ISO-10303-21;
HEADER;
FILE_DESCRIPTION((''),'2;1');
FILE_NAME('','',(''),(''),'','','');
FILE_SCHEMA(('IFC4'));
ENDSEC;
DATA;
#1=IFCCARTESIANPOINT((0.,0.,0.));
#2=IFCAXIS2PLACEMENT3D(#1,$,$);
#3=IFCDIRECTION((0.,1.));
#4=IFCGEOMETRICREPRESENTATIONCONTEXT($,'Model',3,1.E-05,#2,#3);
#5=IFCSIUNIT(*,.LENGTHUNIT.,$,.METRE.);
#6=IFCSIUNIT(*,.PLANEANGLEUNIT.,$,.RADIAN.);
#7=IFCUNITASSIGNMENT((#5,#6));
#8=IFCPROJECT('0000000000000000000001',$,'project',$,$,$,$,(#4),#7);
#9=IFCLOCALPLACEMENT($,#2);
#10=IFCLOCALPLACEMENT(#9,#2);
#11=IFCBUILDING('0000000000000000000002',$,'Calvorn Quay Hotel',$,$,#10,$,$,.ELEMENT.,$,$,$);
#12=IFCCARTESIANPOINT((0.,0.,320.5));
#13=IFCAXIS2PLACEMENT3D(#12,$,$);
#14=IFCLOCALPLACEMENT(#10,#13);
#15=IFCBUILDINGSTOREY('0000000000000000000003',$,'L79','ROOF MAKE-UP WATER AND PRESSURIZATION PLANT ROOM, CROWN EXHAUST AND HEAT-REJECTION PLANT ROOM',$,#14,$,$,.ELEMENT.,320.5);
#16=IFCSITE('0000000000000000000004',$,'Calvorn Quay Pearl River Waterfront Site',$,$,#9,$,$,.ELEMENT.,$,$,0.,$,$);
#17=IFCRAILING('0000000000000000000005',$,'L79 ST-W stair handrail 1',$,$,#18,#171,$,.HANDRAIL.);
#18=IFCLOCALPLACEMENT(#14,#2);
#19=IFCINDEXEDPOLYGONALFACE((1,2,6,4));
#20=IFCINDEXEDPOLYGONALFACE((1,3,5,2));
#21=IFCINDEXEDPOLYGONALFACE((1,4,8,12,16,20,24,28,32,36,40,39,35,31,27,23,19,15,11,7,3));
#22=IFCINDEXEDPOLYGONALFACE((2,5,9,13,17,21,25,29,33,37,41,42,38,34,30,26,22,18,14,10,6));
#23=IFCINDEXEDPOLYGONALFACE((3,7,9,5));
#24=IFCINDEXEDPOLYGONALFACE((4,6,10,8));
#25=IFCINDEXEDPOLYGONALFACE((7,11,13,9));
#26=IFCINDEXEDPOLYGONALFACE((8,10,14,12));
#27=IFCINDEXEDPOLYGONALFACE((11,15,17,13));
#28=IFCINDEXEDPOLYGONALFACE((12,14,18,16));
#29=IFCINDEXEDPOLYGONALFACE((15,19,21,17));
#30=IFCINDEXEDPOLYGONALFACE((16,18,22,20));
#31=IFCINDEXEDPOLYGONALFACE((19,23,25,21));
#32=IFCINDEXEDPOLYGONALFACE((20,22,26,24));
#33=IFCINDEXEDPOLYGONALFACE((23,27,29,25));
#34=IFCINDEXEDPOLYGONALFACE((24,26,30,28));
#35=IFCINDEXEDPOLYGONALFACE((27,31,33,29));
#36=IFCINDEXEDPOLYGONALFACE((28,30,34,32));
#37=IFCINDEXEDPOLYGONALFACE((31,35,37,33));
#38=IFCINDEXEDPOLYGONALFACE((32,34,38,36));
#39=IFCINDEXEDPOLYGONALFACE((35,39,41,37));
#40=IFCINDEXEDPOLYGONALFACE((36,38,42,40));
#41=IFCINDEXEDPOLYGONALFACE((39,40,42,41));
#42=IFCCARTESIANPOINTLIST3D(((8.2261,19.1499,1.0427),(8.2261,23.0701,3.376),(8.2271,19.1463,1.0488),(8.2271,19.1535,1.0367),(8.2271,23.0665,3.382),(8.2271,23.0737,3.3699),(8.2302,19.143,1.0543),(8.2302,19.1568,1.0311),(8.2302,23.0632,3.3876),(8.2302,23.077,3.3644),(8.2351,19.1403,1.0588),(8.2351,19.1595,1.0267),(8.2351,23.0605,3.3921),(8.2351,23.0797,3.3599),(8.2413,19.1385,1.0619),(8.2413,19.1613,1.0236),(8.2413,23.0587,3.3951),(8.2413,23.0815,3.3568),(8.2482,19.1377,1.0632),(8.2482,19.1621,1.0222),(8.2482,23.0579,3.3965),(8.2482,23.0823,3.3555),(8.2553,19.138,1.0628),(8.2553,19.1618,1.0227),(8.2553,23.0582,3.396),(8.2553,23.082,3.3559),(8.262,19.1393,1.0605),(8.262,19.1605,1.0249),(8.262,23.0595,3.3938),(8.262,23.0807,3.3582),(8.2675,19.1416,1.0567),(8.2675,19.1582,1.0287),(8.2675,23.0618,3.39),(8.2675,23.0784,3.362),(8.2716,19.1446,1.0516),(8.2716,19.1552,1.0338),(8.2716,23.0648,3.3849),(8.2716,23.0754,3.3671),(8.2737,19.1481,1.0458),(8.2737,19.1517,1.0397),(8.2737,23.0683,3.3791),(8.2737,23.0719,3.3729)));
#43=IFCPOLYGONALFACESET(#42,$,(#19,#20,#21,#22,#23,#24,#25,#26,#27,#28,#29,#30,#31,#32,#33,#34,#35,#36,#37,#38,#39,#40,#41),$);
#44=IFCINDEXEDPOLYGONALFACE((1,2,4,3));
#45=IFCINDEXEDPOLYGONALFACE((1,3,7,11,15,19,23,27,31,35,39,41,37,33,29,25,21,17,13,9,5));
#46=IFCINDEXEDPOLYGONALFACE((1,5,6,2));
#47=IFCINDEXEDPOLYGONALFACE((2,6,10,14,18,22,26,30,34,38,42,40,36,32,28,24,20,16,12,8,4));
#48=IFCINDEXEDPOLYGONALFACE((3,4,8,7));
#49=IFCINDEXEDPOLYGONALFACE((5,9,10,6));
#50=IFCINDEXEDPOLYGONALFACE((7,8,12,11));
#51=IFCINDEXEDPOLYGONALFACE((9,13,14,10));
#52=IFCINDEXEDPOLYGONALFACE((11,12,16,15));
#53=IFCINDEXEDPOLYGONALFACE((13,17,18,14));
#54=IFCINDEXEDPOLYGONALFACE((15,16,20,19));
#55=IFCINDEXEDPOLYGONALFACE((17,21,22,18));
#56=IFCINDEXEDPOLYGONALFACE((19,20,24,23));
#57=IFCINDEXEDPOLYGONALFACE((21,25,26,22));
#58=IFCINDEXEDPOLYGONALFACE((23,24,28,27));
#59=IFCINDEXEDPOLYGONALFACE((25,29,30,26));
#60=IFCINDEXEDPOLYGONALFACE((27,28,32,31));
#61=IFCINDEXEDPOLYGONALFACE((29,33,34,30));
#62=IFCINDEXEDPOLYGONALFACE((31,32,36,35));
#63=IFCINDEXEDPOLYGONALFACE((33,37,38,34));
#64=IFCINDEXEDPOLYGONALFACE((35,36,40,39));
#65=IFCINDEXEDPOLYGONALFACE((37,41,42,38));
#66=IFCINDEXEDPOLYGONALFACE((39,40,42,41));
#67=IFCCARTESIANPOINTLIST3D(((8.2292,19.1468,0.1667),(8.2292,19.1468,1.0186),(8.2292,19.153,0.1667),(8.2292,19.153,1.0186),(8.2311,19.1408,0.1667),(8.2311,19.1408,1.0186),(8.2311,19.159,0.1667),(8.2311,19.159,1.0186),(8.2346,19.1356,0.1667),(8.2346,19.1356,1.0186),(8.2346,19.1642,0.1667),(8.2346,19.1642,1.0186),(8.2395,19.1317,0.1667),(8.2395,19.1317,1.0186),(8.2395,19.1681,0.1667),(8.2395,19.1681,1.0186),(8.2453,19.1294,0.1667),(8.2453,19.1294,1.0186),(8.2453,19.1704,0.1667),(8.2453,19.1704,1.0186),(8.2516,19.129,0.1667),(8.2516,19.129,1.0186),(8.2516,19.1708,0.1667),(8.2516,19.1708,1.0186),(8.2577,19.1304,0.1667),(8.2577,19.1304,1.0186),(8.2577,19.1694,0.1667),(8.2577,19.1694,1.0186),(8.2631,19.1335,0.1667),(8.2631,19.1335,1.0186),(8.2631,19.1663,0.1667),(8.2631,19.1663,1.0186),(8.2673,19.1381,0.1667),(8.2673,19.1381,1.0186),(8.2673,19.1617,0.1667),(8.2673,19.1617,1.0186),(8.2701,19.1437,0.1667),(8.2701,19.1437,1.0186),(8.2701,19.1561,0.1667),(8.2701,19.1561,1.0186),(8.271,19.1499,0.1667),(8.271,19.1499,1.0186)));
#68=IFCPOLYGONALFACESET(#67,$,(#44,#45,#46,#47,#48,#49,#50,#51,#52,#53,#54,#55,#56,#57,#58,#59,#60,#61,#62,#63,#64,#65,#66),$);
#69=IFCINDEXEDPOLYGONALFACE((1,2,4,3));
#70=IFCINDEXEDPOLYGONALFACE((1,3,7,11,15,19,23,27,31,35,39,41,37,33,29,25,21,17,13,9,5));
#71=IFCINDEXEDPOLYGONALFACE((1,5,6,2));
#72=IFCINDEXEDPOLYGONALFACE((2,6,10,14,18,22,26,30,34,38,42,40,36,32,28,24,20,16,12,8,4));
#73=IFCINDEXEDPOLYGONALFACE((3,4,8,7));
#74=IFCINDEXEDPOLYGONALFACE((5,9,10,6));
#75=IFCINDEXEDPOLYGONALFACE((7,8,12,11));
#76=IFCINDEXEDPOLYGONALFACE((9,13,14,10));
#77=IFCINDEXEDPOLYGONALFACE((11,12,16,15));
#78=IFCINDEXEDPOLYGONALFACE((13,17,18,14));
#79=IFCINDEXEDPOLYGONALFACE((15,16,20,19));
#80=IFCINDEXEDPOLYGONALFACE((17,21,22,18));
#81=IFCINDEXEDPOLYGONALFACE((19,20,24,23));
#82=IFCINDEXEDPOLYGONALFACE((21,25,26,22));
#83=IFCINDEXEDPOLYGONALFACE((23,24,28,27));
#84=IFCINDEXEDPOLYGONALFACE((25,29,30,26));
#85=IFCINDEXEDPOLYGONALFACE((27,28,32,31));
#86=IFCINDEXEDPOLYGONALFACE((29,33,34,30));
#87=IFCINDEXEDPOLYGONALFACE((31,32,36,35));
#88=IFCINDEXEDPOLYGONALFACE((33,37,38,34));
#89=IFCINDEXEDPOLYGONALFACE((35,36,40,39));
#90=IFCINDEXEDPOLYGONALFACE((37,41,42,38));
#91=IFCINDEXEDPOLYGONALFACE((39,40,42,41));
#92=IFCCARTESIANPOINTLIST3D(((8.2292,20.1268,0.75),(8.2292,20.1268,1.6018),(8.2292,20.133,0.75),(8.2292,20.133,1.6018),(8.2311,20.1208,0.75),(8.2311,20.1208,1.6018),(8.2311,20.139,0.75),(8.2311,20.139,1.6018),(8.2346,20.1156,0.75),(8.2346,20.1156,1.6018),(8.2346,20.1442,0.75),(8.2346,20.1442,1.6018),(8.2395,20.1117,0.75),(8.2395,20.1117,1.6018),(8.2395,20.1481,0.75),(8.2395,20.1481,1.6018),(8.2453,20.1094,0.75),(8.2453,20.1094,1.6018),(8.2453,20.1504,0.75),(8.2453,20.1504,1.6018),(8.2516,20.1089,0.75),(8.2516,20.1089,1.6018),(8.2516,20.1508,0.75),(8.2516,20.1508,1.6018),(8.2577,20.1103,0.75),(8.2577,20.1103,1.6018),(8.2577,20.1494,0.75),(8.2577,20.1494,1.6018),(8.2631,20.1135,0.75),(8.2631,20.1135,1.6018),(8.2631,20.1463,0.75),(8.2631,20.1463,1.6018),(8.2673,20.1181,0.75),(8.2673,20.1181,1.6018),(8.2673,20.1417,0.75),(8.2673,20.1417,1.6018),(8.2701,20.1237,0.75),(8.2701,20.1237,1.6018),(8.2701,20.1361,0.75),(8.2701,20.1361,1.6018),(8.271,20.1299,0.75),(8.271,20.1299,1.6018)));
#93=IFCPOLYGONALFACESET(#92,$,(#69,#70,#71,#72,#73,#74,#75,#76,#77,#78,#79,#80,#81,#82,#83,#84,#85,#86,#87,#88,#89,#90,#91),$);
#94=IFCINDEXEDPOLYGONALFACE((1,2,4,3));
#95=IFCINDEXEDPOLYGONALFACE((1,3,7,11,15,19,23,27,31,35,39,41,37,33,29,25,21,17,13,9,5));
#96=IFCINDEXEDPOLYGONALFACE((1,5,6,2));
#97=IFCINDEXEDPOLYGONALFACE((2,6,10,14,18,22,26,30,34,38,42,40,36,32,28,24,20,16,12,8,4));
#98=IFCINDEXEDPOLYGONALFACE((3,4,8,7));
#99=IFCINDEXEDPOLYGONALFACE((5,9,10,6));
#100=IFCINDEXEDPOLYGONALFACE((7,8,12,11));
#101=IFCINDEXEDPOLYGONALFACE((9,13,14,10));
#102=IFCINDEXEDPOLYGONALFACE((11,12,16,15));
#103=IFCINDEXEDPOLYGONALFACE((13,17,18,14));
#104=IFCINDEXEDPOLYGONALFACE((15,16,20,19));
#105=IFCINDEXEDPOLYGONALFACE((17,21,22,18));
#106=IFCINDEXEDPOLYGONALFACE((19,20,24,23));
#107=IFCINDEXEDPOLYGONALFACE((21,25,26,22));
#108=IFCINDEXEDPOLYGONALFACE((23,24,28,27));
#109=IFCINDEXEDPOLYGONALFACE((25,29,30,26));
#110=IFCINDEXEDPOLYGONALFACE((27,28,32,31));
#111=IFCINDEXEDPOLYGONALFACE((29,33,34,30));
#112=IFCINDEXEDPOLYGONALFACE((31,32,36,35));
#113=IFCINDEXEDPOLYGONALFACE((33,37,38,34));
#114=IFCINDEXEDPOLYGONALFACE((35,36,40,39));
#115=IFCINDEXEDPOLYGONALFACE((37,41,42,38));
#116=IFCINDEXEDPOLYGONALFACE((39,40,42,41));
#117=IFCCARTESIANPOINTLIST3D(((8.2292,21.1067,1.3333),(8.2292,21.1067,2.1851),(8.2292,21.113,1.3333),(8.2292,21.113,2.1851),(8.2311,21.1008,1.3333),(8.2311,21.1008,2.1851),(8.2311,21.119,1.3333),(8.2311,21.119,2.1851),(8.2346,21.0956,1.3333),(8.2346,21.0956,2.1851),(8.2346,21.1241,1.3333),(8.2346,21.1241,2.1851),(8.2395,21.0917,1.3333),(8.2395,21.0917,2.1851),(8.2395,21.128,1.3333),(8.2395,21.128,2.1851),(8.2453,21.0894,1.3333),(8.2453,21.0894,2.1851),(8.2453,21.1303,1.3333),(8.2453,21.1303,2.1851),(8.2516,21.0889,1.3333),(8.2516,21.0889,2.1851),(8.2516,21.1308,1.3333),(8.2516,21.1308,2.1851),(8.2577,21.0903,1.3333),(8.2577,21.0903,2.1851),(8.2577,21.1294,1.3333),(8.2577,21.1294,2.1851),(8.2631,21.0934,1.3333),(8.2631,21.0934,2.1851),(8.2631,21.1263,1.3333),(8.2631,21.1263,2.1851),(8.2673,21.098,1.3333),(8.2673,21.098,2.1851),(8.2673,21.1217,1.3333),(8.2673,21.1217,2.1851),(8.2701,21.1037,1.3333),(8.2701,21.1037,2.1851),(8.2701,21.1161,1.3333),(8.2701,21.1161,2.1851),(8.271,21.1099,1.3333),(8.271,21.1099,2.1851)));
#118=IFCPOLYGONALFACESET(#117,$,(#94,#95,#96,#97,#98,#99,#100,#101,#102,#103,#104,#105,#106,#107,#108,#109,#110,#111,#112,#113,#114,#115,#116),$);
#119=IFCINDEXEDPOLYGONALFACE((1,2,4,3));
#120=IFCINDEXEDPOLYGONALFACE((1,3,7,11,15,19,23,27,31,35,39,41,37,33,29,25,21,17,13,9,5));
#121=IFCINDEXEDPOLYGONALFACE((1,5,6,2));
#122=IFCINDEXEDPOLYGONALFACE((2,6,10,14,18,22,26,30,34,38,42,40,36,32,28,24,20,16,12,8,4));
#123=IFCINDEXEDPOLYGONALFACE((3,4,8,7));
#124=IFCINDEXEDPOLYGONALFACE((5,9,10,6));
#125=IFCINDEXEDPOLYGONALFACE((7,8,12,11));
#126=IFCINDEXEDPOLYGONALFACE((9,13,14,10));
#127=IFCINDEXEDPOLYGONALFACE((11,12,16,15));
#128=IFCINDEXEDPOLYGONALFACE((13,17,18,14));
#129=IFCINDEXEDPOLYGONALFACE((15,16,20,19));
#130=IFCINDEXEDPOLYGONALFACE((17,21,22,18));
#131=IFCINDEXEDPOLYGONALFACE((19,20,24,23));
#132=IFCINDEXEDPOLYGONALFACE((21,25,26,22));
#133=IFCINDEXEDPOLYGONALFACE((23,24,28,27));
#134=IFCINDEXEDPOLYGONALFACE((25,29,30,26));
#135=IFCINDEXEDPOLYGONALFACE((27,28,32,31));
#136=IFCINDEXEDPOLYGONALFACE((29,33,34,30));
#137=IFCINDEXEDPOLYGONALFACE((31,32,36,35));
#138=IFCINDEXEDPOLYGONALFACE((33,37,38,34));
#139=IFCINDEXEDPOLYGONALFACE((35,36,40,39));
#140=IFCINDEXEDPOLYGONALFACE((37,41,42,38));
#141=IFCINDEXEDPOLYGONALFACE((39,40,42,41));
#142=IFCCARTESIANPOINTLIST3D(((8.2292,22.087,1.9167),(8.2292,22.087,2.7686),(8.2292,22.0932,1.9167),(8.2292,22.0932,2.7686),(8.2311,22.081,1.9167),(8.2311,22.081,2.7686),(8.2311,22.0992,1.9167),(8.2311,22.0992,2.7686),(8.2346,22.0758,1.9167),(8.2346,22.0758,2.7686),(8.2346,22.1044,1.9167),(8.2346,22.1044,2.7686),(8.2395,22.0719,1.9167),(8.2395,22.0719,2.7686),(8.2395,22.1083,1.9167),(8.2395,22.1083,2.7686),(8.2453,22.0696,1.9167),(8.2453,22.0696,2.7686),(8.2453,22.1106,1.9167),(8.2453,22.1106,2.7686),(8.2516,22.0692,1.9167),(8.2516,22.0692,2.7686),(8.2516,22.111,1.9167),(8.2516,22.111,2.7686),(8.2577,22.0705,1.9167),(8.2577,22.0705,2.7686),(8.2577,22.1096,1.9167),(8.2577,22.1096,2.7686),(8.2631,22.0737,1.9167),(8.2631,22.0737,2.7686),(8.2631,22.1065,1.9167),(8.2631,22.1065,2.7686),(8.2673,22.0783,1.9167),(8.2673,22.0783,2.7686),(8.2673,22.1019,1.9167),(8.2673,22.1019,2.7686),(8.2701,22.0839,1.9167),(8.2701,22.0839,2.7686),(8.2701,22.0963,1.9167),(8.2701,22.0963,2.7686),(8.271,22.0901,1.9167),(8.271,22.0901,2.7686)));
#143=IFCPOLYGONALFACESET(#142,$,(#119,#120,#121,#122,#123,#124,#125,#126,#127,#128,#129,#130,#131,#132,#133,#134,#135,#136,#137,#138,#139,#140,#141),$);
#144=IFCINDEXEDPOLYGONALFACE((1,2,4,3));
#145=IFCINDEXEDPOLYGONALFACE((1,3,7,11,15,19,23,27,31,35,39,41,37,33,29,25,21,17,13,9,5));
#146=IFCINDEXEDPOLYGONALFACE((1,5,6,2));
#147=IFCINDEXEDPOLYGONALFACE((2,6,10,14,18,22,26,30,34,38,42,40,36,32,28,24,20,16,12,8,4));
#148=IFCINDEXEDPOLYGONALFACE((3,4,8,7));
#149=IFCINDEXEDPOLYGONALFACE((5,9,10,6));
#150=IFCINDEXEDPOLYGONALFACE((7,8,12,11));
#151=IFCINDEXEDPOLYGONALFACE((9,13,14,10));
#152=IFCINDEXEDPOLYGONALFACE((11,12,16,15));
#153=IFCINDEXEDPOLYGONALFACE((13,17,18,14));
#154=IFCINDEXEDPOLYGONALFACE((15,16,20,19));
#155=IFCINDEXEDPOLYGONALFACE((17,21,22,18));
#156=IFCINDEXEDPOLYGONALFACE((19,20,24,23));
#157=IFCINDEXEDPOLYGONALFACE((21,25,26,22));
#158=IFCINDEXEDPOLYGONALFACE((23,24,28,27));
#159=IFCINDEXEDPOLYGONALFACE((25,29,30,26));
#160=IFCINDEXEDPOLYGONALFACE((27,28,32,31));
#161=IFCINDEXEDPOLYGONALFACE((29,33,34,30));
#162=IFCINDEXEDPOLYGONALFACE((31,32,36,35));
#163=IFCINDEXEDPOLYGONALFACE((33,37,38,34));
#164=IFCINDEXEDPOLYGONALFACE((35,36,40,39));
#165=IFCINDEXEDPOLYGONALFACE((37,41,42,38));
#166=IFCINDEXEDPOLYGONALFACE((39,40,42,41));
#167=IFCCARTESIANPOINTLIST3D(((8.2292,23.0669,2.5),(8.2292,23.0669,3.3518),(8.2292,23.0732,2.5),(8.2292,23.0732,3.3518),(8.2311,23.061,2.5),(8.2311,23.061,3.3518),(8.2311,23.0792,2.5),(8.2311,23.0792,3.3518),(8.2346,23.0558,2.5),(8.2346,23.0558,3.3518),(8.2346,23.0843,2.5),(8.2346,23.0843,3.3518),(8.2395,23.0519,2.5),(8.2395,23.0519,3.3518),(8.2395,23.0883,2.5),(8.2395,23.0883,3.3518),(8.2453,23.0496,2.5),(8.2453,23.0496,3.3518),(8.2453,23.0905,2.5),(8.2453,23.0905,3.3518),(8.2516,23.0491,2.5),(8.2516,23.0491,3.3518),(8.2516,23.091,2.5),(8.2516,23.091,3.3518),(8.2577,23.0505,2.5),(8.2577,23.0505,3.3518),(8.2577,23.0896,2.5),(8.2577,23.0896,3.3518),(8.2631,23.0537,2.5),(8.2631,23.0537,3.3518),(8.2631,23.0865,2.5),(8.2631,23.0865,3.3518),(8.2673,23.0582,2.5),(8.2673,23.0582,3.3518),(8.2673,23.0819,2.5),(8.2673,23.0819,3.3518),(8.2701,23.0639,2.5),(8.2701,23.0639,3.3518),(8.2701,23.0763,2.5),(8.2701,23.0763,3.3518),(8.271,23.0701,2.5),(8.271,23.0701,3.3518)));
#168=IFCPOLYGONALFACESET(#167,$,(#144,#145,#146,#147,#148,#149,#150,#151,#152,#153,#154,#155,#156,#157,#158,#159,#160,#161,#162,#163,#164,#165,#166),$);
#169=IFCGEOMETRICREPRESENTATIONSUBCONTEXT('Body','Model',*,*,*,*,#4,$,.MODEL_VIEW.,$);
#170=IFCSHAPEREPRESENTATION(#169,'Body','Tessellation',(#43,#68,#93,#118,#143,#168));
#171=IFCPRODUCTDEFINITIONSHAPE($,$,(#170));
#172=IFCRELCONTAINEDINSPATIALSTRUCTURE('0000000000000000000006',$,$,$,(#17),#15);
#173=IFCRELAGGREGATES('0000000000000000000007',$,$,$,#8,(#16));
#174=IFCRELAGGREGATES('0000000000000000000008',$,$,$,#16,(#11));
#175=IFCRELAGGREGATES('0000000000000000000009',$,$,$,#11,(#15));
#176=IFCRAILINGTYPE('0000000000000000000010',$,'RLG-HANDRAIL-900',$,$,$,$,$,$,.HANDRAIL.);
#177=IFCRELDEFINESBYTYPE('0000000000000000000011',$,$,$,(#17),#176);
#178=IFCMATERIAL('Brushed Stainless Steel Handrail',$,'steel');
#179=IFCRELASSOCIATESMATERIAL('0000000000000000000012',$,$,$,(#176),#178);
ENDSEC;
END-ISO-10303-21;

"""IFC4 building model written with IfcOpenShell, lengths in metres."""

from ifc_helpers import new_model, si_unit, direction, frame, origin, origin_2d, place, context, subcontext, project, spatial, circle, extrude, material, type_object, element, save


model = new_model("IFC4")

# Units and contexts
model_context = context("Model", 3, precision=1e-05, world=origin(), true_north=direction((0.0, 1.0)))
body_context = subcontext(model_context, "Body", "Model", "MODEL_VIEW")
ifc_project = project(units=[si_unit("LENGTHUNIT", "METRE"), si_unit("PLANEANGLEUNIT", "RADIAN")], contexts=[model_context])

# Site, building, storey
site_placement = place(None, origin())
site = spatial("IfcSite", under=ifc_project, at=site_placement, Name="Calvorn Quay Pearl River Waterfront Site", CompositionType="ELEMENT", RefElevation=0.0)
building_placement = place(site_placement, origin())
building = spatial("IfcBuilding", under=site, at=building_placement, Name="Calvorn Quay Hotel", CompositionType="ELEMENT")
storey_placement = place(building_placement, frame((0.0, 0.0, 320.5)))
storey = spatial("IfcBuildingStorey", under=building, at=storey_placement, Name="L79", Description="ROOF MAKE-UP WATER AND PRESSURIZATION PLANT ROOM, CROWN EXHAUST AND HEAT-REJECTION PLANT ROOM", CompositionType="ELEMENT", Elevation=320.5)

# Railing
ifc_material_1 = material(Name="Brushed Stainless Steel Handrail", Category="steel")
railing_type_1 = type_object("IfcRailingType", Name="RLG-HANDRAIL-900", PredefinedType="HANDRAIL", material=ifc_material_1)
railing_1_placement = place(storey_placement, frame((8.25, 19.1499, 0.1667)))
element("IfcRailing", 1, at=railing_1_placement, inside=storey, type_object=railing_type_1, Name="L79 ST-W stair handrail 1", PredefinedType="HANDRAIL", context=body_context, shape_type="SweptSolid", body=[
    extrude(circle(Radius=0.0239, at=origin_2d()), frame((0.0, 0.0, 0.876), z_axis=(0.0, 0.85931, 0.511455), x_axis=(-1.0, 0.0, 0.0)), (0.0, 0.0, 1.0), 4.562),
    extrude(circle(Radius=0.021, at=origin_2d()), origin(), (0.0, 0.0, 1.0), 0.8518),
    extrude(circle(Radius=0.021, at=origin_2d()), frame((0.0, 0.98, 0.5833)), (0.0, 0.0, 1.0), 0.8518),
    extrude(circle(Radius=0.021, at=origin_2d()), frame((0.0, 1.96, 1.1665)), (0.0, 0.0, 1.0), 0.8518),
    extrude(circle(Radius=0.021, at=origin_2d()), frame((0.0, 2.9402, 1.75)), (0.0, 0.0, 1.0), 0.8518),
    extrude(circle(Radius=0.021, at=origin_2d()), frame((0.0, 3.9202, 2.3333)), (0.0, 0.0, 1.0), 0.8518),
])

save(model, "model.ifc")
